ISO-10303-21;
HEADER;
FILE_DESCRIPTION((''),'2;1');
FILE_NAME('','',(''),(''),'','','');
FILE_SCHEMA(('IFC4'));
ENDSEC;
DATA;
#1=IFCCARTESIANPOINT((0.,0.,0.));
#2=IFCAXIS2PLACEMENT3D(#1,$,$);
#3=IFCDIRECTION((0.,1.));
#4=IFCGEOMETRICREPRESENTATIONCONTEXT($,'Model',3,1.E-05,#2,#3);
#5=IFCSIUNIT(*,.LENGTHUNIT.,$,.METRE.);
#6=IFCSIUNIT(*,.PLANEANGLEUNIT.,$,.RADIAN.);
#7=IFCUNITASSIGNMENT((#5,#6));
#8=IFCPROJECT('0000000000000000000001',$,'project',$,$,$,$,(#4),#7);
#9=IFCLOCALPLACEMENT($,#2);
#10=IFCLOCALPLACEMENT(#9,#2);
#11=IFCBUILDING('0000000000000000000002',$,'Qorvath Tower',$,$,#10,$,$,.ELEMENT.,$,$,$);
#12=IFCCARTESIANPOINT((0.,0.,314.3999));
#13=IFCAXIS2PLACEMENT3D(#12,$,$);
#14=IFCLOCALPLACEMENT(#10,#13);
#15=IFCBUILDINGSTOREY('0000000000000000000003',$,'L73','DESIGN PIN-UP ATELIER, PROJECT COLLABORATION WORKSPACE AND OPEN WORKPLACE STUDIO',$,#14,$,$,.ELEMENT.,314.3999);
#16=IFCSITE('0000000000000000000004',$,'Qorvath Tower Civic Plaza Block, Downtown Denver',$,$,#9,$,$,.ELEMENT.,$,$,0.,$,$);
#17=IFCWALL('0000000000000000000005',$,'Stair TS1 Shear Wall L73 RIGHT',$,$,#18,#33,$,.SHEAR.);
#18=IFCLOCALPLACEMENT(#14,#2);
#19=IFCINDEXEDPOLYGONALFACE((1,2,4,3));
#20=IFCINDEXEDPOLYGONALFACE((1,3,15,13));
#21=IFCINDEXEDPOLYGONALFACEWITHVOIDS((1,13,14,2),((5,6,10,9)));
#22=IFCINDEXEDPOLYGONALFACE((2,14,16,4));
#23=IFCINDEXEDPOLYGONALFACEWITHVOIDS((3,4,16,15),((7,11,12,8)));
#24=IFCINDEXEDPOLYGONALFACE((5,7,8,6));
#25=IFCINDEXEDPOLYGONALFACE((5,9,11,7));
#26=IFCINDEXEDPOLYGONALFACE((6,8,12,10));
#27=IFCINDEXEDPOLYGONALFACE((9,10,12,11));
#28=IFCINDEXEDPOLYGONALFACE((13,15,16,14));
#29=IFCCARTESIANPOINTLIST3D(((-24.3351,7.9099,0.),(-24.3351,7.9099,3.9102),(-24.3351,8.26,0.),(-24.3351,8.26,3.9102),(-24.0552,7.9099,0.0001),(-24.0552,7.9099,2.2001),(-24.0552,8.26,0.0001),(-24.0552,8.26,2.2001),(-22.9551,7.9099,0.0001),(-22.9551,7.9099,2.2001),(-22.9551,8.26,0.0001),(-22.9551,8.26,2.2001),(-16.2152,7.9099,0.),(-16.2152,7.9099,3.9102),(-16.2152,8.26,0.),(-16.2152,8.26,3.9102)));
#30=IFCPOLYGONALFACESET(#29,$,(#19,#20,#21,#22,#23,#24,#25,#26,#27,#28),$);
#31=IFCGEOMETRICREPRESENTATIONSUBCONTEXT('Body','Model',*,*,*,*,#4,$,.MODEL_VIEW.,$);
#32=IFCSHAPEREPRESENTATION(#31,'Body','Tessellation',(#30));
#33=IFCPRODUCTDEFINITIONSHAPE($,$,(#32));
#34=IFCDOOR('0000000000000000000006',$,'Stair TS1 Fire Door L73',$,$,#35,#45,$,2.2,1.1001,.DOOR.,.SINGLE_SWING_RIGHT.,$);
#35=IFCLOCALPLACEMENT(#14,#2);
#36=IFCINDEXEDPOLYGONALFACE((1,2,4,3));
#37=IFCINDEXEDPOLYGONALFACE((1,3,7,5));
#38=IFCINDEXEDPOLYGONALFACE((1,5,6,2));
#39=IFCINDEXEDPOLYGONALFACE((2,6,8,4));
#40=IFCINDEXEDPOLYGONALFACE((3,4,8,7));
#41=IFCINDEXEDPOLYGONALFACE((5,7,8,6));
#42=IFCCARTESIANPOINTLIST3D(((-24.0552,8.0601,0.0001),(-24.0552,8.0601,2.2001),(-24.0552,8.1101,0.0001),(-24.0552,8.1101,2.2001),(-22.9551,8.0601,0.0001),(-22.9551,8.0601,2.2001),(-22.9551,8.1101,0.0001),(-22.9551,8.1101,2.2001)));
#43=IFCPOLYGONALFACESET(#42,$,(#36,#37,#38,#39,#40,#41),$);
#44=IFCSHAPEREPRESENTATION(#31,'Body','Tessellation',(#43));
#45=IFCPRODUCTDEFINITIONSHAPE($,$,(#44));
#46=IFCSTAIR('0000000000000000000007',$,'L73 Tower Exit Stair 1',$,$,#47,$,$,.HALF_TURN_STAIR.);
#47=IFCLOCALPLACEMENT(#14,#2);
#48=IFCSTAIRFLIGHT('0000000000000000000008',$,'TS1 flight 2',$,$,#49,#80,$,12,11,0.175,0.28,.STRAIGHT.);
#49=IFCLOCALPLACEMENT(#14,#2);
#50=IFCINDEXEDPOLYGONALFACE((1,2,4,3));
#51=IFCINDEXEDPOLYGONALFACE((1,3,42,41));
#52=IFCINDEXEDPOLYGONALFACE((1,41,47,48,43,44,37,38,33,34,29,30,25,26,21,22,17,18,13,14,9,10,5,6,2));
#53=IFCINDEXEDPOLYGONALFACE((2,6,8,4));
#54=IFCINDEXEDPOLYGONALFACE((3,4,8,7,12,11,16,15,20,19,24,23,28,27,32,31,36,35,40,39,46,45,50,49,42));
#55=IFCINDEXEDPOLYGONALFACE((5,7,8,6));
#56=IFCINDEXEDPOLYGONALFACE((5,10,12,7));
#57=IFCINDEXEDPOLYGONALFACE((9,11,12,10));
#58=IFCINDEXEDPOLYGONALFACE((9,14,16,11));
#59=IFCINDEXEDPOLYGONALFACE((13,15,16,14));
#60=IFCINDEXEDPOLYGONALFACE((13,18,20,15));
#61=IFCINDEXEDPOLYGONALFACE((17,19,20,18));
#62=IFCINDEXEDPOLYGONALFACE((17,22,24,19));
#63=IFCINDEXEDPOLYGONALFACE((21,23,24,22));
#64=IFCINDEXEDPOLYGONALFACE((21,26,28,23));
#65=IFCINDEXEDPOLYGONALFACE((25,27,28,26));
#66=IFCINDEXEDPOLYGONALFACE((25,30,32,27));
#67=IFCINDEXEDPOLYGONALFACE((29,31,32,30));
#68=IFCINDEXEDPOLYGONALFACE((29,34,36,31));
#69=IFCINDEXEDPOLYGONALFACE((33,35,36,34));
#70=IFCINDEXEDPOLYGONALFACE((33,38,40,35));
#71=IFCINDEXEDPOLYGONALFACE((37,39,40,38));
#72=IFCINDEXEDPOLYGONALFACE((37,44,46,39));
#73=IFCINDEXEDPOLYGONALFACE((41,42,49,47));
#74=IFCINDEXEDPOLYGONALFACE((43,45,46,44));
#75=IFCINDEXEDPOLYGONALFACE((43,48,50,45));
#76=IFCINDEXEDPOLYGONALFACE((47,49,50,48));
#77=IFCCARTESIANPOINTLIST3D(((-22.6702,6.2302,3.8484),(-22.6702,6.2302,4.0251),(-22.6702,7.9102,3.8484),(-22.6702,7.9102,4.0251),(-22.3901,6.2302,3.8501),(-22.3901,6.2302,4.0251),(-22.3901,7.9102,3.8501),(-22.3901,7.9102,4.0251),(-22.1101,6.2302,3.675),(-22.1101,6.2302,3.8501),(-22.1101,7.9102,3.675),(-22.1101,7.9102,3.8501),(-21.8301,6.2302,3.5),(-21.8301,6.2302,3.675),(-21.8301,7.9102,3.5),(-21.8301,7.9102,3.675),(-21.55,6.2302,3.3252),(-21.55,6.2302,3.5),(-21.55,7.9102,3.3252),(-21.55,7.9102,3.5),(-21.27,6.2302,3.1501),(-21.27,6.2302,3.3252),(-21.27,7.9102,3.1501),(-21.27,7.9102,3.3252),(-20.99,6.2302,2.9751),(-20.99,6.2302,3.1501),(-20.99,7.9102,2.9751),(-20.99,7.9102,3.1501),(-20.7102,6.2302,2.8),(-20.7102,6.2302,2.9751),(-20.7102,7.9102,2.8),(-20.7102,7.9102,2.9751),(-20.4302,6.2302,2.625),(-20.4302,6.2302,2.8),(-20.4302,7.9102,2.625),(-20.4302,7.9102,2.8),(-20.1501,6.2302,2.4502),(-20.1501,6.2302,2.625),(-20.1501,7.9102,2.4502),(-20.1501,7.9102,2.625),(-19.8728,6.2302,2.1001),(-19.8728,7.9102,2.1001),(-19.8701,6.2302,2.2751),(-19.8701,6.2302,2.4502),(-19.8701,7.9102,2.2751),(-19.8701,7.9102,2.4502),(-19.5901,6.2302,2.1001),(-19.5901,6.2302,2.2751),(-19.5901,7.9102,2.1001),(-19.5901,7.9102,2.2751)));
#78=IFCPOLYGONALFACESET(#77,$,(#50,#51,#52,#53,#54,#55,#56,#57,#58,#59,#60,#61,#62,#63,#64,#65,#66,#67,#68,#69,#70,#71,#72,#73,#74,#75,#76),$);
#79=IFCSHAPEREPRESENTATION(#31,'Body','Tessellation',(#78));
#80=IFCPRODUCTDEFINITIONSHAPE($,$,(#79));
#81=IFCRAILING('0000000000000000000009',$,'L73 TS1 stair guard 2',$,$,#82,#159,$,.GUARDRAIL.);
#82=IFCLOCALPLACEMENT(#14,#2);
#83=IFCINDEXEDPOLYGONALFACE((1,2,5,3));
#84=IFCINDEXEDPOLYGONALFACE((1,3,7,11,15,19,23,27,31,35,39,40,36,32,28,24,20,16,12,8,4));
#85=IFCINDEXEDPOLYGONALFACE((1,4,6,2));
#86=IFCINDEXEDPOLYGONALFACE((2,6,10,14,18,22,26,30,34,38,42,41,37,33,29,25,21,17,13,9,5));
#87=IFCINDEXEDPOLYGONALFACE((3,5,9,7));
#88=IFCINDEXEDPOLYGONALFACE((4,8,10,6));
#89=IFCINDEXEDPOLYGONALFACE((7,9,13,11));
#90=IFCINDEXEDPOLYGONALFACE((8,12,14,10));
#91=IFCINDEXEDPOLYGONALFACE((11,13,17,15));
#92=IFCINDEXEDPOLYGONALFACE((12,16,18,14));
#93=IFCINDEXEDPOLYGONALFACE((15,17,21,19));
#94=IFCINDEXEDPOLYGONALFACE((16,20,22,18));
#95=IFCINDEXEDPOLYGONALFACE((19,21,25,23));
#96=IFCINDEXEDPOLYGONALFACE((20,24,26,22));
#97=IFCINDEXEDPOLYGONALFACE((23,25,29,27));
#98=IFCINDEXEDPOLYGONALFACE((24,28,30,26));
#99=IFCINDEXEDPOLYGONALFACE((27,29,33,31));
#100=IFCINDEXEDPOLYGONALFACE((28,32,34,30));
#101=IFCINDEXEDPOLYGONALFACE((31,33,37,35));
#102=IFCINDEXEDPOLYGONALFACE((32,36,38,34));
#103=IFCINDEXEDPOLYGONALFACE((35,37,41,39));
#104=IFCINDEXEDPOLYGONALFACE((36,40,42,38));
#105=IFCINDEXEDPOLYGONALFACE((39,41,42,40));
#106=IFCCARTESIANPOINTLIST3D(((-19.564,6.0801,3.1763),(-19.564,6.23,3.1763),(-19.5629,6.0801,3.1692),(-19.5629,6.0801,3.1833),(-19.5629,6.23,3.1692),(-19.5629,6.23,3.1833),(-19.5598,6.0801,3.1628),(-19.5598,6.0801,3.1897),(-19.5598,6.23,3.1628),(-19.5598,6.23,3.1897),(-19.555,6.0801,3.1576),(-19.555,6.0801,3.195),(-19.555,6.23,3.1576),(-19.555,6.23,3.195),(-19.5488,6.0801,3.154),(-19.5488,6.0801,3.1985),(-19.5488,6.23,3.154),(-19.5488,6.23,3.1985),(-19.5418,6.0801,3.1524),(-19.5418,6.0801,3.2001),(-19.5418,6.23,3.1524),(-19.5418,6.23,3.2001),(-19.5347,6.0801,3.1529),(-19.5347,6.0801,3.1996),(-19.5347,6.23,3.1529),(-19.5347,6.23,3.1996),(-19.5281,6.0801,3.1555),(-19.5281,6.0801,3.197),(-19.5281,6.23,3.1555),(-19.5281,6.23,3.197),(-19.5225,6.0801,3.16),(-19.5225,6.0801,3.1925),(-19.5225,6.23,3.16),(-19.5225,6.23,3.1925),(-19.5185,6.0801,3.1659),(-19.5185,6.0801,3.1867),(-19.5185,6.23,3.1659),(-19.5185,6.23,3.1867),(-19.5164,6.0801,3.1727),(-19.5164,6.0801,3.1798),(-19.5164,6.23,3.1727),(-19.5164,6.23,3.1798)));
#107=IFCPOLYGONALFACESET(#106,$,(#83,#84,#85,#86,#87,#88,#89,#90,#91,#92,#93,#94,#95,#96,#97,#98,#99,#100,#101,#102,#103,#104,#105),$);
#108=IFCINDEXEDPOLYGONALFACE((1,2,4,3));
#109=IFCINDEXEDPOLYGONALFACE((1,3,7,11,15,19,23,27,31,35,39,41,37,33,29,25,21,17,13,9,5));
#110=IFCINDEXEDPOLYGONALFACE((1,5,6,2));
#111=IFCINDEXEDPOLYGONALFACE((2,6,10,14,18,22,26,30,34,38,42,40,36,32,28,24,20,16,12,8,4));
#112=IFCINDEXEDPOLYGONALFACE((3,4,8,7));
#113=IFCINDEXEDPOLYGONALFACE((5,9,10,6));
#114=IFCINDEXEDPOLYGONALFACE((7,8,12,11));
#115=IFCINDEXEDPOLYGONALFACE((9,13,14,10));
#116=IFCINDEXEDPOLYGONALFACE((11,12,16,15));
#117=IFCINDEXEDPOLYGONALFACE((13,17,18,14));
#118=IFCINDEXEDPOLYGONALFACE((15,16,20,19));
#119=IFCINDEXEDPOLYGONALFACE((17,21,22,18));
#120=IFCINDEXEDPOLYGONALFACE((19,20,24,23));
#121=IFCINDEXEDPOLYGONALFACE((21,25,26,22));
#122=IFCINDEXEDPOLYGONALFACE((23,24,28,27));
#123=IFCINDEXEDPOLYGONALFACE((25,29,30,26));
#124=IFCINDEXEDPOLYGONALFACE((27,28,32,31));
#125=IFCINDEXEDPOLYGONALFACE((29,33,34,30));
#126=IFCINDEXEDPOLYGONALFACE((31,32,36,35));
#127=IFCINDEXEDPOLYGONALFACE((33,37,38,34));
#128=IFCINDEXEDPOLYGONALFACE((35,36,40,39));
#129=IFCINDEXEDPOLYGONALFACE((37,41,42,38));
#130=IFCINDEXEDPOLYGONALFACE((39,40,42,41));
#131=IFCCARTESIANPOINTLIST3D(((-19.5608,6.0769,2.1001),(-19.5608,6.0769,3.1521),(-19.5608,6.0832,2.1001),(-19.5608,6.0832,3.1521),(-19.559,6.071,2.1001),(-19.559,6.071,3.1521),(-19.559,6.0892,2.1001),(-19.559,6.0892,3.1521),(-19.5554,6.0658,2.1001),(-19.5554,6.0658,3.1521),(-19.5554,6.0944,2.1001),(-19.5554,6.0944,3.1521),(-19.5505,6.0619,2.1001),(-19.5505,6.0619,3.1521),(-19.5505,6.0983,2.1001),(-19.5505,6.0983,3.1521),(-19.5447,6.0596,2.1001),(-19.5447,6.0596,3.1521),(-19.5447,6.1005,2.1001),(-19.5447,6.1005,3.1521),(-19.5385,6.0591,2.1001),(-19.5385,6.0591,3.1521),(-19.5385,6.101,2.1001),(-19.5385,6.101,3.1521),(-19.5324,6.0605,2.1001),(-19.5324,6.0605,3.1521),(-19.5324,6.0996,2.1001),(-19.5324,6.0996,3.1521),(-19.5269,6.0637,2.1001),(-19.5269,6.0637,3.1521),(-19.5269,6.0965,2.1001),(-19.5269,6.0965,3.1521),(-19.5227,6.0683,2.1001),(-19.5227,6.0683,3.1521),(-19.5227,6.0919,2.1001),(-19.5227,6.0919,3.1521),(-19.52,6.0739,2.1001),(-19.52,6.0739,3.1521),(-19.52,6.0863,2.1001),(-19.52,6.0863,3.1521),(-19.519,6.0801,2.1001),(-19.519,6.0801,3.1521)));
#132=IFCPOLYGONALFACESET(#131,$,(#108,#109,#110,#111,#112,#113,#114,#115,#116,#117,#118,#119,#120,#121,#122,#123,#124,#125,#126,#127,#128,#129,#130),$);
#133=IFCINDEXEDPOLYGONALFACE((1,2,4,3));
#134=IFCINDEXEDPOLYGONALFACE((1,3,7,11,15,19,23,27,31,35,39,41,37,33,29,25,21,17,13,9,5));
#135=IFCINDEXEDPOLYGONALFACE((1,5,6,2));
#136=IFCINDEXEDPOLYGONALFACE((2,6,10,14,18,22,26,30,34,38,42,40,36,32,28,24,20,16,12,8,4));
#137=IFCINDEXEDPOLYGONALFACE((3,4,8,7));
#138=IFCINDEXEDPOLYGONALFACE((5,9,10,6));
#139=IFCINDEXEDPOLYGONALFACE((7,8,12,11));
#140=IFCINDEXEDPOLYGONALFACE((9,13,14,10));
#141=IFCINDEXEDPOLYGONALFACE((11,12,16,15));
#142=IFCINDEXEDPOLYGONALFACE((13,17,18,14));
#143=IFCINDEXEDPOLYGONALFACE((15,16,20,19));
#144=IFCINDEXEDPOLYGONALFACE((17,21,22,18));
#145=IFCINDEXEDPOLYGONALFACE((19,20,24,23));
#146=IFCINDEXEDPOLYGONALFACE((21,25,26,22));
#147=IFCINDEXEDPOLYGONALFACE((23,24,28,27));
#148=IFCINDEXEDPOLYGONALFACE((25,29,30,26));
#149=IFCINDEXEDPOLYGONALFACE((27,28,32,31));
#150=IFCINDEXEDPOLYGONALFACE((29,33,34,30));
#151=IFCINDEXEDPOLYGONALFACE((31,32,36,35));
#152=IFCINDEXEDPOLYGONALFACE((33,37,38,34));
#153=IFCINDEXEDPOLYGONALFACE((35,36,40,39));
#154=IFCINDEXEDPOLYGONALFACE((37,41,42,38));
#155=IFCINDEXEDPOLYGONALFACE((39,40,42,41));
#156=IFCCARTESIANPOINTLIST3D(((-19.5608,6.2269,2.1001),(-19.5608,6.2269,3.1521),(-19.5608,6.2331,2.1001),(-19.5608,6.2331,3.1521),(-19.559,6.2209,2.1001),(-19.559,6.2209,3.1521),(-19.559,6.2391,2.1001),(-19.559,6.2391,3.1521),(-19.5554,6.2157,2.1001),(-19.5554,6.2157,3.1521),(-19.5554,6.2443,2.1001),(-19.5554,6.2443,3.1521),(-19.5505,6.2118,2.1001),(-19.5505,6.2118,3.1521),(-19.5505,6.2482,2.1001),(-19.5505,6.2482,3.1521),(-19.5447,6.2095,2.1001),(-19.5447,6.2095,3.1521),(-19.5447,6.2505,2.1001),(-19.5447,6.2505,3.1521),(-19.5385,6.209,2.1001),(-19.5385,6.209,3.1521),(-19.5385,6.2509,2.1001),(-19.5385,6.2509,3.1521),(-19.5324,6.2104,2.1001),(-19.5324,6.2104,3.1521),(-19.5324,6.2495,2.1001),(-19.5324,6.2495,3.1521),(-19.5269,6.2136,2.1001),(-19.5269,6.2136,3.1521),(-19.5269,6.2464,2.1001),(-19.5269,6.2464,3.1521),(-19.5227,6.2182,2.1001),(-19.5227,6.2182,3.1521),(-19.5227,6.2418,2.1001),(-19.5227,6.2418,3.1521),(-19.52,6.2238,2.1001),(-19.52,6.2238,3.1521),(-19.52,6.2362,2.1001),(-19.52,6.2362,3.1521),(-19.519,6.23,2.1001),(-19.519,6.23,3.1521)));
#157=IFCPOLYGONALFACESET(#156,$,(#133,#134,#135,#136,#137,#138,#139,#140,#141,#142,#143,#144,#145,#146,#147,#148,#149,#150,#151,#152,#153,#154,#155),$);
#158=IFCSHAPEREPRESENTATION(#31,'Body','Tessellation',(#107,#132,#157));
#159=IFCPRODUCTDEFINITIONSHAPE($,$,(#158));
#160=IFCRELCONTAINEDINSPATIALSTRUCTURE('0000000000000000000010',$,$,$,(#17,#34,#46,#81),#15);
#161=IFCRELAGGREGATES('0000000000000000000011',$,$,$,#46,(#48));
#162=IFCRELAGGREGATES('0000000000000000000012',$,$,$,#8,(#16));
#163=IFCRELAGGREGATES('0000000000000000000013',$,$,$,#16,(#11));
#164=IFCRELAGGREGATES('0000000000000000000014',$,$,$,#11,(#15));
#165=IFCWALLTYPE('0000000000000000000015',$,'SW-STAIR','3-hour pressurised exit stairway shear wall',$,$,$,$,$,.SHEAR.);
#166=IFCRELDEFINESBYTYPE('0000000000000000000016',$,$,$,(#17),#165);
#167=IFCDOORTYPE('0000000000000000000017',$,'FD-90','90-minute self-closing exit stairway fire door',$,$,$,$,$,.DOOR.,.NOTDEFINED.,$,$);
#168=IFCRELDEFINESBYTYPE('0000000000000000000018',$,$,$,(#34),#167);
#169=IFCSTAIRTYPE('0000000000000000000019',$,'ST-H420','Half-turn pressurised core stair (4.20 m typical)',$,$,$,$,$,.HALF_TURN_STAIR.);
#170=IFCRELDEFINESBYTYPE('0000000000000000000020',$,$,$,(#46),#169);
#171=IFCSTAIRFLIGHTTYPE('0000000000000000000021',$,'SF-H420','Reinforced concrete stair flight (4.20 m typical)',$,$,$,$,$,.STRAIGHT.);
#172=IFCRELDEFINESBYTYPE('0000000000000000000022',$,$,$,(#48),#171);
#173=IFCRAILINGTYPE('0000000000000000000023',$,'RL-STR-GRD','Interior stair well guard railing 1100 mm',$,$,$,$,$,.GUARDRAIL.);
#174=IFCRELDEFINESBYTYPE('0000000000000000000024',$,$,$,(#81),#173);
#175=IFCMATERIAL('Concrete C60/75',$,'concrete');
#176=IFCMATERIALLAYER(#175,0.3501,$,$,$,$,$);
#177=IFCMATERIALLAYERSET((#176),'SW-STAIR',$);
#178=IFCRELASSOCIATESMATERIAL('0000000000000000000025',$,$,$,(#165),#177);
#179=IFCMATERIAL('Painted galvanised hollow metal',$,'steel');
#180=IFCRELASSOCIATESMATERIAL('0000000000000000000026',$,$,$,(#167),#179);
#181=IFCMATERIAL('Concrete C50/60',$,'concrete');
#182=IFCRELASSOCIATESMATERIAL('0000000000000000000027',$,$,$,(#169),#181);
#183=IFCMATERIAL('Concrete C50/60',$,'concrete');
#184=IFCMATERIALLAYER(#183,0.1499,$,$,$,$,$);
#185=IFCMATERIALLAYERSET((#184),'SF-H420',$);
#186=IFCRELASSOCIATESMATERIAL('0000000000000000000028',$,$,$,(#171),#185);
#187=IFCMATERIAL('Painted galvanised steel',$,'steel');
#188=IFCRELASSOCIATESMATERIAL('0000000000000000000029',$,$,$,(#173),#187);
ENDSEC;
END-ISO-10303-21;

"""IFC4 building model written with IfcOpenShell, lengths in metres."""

from ifc_helpers import new_model, si_unit, direction, frame, frame_2d, origin, origin_2d, place, context, subcontext, project, spatial, polyline, rectangle, circle, outline, extrude, material, layer, layer_set, type_object, element, fill, aggregate, save


model = new_model("IFC4")

# Units and contexts
model_context = context("Model", 3, precision=1e-05, world=origin(), true_north=direction((0.0, 1.0)))
body_context = subcontext(model_context, "Body", "Model", "MODEL_VIEW")
ifc_project = project(units=[si_unit("LENGTHUNIT", "METRE"), si_unit("PLANEANGLEUNIT", "RADIAN")], contexts=[model_context])

# Site, building, storey
site_placement = place(None, origin())
site = spatial("IfcSite", under=ifc_project, at=site_placement, Name="Qorvath Tower Civic Plaza Block, Downtown Denver", CompositionType="ELEMENT", RefElevation=0.0)
building_placement = place(site_placement, origin())
building = spatial("IfcBuilding", under=site, at=building_placement, Name="Qorvath Tower", CompositionType="ELEMENT")
storey_placement = place(building_placement, frame((0.0, 0.0, 314.3999)))
storey = spatial("IfcBuildingStorey", under=building, at=storey_placement, Name="L73", Description="DESIGN PIN-UP ATELIER, PROJECT COLLABORATION WORKSPACE AND OPEN WORKPLACE STUDIO", CompositionType="ELEMENT", Elevation=314.3999)

# Shared definitions
ifc_material_1 = material(Name="Concrete C60/75", Category="concrete")
ifc_layer_1 = layer(ifc_material_1, 0.3501)
ifc_layer_set_1 = layer_set([ifc_layer_1], Name="SW-STAIR")
wall_type_1 = type_object("IfcWallType", Name="SW-STAIR", Description="3-hour pressurised exit stairway shear wall", PredefinedType="SHEAR", material=ifc_layer_set_1)

# Wall, opening, door
wall_1_placement = place(storey_placement, frame((-16.2151, 8.085, 0.0), z_axis=(0.0, 0.0, 1.0), x_axis=(-1.0, 0.0, 0.0)))
wall_1 = element("IfcWall", 1, at=wall_1_placement, inside=storey, type_object=wall_type_1, Name="Stair TS1 Shear Wall L73 RIGHT", PredefinedType="SHEAR", context=body_context, shape_type="SweptSolid", body=[
    extrude(rectangle(XDim=8.1199, YDim=0.3501, at=frame_2d((4.0601, 0.0))), origin(), (0.0, 0.0, 1.0), 3.9102),
])
opening_1_placement = place(wall_1_placement, frame((6.74, 0.0, 0.0)))
opening_1 = element("IfcOpeningElement", 2, at=opening_1_placement, cuts=wall_1, PredefinedType="OPENING", context=body_context, shape_type="SweptSolid", body=[
    extrude(rectangle(XDim=1.1001, YDim=2.2, at=frame_2d((0.55, 1.1001))), frame((0.0, 0.1851, 0.0), z_axis=(0.0, -1.0, 0.0), x_axis=(1.0, 0.0, 0.0)), (0.0, 0.0, 1.0), 0.3701),
])
ifc_material_2 = material(Name="Painted galvanised hollow metal", Category="steel")
door_type_1 = type_object("IfcDoorType", Name="FD-90", Description="90-minute self-closing exit stairway fire door", OperationType="NOTDEFINED", PredefinedType="DOOR", material=ifc_material_2)
door_1_placement = place(opening_1_placement, origin())
door_1 = element("IfcDoor", 3, at=door_1_placement, inside=storey, type_object=door_type_1, Name="Stair TS1 Fire Door L73", OperationType="SINGLE_SWING_RIGHT", OverallHeight=2.2, OverallWidth=1.1001, PredefinedType="DOOR", context=body_context, shape_type="SweptSolid", body=[
    extrude(rectangle(XDim=1.1001, YDim=2.2, at=frame_2d((0.55, 1.1001))), frame((0.0, 0.0249, 0.0), z_axis=(0.0, -1.0, 0.0), x_axis=(1.0, 0.0, 0.0)), (0.0, 0.0, 1.0), 0.05),
])
fill(opening_1, door_1)

# Stair, stair flight
ifc_material_3 = material(Name="Concrete C50/60", Category="concrete")
stair_type = type_object("IfcStairType", Name="ST-H420", Description="Half-turn pressurised core stair (4.20 m typical)", PredefinedType="HALF_TURN_STAIR", material=ifc_material_3)
stair_placement = place(storey_placement, origin())
stair = element("IfcStair", 4, at=stair_placement, inside=storey, type_object=stair_type, Name="L73 Tower Exit Stair 1", PredefinedType="HALF_TURN_STAIR")
ifc_material_4 = material(Name="Concrete C50/60", Category="concrete")
ifc_layer_2 = layer(ifc_material_4, 0.1499)
ifc_layer_set_2 = layer_set([ifc_layer_2], Name="SF-H420")
stair_flight_type = type_object("IfcStairFlightType", Name="SF-H420", Description="Reinforced concrete stair flight (4.20 m typical)", PredefinedType="STRAIGHT", material=ifc_layer_set_2)
stair_flight_placement = place(storey_placement, frame((-19.5901, 7.0701, 2.1001), z_axis=(0.0, 0.0, 1.0), x_axis=(-1.0, 0.0, 0.0)))
stair_flight = element("IfcStairFlight", 5, at=stair_flight_placement, type_object=stair_flight_type, Name="TS1 flight 2", NumberOfRisers=12, NumberOfTreads=11, PredefinedType="STRAIGHT", RiserHeight=0.175, TreadLength=0.28, context=body_context, shape_type="SweptSolid", body=[
    extrude(outline(polyline([(0.0, 0.0), (0.0, 0.175), (0.28, 0.175), (0.28, 0.3501), (0.5601, 0.3501), (0.5601, 0.5249), (0.8401, 0.5249), (0.8401, 0.7), (1.1201, 0.7), (1.1201, 0.875), (1.3999, 0.875), (1.3999, 1.05), (1.6799, 1.05), (1.6799, 1.2251), (1.96, 1.2251), (1.96, 1.3999), (2.24, 1.3999), (2.24, 1.575), (2.52, 1.575), (2.52, 1.75), (2.8, 1.75), (2.8, 1.925), (3.0801, 1.925), (3.0801, 2.1001), (3.0801, 1.7483), (0.2827, 0.0), (0.0, 0.0)])), frame((0.0, 0.8398, 0.0), z_axis=(0.0, -1.0, 0.0), x_axis=(1.0, 0.0, 0.0)), (0.0, 0.0, 1.0), 1.6799),
])
aggregate(stair, [stair_flight])

# Railing
ifc_material_5 = material(Name="Painted galvanised steel", Category="steel")
railing_type_1 = type_object("IfcRailingType", Name="RL-STR-GRD", Description="Interior stair well guard railing 1100 mm", PredefinedType="GUARDRAIL", material=ifc_material_5)
railing_1_placement = place(storey_placement, frame((-19.54, 6.0801, 2.1001)))
element("IfcRailing", 6, at=railing_1_placement, inside=storey, type_object=railing_type_1, Name="L73 TS1 stair guard 2", PredefinedType="GUARDRAIL", context=body_context, shape_type="SweptSolid", body=[
    extrude(circle(Radius=0.0239, at=origin_2d()), frame((0.0, 0.0, 1.0762), z_axis=(0.0, 1.0, 0.0), x_axis=(-1.0, 0.0, 0.0)), (0.0, 0.0, 1.0), 0.1499),
    extrude(circle(Radius=0.021, at=origin_2d()), origin(), (0.0, 0.0, 1.0), 1.052),
    extrude(circle(Radius=0.021, at=origin_2d()), frame((0.0, 0.1499, 0.0)), (0.0, 0.0, 1.0), 1.052),
])

save(model, "model.ifc")
